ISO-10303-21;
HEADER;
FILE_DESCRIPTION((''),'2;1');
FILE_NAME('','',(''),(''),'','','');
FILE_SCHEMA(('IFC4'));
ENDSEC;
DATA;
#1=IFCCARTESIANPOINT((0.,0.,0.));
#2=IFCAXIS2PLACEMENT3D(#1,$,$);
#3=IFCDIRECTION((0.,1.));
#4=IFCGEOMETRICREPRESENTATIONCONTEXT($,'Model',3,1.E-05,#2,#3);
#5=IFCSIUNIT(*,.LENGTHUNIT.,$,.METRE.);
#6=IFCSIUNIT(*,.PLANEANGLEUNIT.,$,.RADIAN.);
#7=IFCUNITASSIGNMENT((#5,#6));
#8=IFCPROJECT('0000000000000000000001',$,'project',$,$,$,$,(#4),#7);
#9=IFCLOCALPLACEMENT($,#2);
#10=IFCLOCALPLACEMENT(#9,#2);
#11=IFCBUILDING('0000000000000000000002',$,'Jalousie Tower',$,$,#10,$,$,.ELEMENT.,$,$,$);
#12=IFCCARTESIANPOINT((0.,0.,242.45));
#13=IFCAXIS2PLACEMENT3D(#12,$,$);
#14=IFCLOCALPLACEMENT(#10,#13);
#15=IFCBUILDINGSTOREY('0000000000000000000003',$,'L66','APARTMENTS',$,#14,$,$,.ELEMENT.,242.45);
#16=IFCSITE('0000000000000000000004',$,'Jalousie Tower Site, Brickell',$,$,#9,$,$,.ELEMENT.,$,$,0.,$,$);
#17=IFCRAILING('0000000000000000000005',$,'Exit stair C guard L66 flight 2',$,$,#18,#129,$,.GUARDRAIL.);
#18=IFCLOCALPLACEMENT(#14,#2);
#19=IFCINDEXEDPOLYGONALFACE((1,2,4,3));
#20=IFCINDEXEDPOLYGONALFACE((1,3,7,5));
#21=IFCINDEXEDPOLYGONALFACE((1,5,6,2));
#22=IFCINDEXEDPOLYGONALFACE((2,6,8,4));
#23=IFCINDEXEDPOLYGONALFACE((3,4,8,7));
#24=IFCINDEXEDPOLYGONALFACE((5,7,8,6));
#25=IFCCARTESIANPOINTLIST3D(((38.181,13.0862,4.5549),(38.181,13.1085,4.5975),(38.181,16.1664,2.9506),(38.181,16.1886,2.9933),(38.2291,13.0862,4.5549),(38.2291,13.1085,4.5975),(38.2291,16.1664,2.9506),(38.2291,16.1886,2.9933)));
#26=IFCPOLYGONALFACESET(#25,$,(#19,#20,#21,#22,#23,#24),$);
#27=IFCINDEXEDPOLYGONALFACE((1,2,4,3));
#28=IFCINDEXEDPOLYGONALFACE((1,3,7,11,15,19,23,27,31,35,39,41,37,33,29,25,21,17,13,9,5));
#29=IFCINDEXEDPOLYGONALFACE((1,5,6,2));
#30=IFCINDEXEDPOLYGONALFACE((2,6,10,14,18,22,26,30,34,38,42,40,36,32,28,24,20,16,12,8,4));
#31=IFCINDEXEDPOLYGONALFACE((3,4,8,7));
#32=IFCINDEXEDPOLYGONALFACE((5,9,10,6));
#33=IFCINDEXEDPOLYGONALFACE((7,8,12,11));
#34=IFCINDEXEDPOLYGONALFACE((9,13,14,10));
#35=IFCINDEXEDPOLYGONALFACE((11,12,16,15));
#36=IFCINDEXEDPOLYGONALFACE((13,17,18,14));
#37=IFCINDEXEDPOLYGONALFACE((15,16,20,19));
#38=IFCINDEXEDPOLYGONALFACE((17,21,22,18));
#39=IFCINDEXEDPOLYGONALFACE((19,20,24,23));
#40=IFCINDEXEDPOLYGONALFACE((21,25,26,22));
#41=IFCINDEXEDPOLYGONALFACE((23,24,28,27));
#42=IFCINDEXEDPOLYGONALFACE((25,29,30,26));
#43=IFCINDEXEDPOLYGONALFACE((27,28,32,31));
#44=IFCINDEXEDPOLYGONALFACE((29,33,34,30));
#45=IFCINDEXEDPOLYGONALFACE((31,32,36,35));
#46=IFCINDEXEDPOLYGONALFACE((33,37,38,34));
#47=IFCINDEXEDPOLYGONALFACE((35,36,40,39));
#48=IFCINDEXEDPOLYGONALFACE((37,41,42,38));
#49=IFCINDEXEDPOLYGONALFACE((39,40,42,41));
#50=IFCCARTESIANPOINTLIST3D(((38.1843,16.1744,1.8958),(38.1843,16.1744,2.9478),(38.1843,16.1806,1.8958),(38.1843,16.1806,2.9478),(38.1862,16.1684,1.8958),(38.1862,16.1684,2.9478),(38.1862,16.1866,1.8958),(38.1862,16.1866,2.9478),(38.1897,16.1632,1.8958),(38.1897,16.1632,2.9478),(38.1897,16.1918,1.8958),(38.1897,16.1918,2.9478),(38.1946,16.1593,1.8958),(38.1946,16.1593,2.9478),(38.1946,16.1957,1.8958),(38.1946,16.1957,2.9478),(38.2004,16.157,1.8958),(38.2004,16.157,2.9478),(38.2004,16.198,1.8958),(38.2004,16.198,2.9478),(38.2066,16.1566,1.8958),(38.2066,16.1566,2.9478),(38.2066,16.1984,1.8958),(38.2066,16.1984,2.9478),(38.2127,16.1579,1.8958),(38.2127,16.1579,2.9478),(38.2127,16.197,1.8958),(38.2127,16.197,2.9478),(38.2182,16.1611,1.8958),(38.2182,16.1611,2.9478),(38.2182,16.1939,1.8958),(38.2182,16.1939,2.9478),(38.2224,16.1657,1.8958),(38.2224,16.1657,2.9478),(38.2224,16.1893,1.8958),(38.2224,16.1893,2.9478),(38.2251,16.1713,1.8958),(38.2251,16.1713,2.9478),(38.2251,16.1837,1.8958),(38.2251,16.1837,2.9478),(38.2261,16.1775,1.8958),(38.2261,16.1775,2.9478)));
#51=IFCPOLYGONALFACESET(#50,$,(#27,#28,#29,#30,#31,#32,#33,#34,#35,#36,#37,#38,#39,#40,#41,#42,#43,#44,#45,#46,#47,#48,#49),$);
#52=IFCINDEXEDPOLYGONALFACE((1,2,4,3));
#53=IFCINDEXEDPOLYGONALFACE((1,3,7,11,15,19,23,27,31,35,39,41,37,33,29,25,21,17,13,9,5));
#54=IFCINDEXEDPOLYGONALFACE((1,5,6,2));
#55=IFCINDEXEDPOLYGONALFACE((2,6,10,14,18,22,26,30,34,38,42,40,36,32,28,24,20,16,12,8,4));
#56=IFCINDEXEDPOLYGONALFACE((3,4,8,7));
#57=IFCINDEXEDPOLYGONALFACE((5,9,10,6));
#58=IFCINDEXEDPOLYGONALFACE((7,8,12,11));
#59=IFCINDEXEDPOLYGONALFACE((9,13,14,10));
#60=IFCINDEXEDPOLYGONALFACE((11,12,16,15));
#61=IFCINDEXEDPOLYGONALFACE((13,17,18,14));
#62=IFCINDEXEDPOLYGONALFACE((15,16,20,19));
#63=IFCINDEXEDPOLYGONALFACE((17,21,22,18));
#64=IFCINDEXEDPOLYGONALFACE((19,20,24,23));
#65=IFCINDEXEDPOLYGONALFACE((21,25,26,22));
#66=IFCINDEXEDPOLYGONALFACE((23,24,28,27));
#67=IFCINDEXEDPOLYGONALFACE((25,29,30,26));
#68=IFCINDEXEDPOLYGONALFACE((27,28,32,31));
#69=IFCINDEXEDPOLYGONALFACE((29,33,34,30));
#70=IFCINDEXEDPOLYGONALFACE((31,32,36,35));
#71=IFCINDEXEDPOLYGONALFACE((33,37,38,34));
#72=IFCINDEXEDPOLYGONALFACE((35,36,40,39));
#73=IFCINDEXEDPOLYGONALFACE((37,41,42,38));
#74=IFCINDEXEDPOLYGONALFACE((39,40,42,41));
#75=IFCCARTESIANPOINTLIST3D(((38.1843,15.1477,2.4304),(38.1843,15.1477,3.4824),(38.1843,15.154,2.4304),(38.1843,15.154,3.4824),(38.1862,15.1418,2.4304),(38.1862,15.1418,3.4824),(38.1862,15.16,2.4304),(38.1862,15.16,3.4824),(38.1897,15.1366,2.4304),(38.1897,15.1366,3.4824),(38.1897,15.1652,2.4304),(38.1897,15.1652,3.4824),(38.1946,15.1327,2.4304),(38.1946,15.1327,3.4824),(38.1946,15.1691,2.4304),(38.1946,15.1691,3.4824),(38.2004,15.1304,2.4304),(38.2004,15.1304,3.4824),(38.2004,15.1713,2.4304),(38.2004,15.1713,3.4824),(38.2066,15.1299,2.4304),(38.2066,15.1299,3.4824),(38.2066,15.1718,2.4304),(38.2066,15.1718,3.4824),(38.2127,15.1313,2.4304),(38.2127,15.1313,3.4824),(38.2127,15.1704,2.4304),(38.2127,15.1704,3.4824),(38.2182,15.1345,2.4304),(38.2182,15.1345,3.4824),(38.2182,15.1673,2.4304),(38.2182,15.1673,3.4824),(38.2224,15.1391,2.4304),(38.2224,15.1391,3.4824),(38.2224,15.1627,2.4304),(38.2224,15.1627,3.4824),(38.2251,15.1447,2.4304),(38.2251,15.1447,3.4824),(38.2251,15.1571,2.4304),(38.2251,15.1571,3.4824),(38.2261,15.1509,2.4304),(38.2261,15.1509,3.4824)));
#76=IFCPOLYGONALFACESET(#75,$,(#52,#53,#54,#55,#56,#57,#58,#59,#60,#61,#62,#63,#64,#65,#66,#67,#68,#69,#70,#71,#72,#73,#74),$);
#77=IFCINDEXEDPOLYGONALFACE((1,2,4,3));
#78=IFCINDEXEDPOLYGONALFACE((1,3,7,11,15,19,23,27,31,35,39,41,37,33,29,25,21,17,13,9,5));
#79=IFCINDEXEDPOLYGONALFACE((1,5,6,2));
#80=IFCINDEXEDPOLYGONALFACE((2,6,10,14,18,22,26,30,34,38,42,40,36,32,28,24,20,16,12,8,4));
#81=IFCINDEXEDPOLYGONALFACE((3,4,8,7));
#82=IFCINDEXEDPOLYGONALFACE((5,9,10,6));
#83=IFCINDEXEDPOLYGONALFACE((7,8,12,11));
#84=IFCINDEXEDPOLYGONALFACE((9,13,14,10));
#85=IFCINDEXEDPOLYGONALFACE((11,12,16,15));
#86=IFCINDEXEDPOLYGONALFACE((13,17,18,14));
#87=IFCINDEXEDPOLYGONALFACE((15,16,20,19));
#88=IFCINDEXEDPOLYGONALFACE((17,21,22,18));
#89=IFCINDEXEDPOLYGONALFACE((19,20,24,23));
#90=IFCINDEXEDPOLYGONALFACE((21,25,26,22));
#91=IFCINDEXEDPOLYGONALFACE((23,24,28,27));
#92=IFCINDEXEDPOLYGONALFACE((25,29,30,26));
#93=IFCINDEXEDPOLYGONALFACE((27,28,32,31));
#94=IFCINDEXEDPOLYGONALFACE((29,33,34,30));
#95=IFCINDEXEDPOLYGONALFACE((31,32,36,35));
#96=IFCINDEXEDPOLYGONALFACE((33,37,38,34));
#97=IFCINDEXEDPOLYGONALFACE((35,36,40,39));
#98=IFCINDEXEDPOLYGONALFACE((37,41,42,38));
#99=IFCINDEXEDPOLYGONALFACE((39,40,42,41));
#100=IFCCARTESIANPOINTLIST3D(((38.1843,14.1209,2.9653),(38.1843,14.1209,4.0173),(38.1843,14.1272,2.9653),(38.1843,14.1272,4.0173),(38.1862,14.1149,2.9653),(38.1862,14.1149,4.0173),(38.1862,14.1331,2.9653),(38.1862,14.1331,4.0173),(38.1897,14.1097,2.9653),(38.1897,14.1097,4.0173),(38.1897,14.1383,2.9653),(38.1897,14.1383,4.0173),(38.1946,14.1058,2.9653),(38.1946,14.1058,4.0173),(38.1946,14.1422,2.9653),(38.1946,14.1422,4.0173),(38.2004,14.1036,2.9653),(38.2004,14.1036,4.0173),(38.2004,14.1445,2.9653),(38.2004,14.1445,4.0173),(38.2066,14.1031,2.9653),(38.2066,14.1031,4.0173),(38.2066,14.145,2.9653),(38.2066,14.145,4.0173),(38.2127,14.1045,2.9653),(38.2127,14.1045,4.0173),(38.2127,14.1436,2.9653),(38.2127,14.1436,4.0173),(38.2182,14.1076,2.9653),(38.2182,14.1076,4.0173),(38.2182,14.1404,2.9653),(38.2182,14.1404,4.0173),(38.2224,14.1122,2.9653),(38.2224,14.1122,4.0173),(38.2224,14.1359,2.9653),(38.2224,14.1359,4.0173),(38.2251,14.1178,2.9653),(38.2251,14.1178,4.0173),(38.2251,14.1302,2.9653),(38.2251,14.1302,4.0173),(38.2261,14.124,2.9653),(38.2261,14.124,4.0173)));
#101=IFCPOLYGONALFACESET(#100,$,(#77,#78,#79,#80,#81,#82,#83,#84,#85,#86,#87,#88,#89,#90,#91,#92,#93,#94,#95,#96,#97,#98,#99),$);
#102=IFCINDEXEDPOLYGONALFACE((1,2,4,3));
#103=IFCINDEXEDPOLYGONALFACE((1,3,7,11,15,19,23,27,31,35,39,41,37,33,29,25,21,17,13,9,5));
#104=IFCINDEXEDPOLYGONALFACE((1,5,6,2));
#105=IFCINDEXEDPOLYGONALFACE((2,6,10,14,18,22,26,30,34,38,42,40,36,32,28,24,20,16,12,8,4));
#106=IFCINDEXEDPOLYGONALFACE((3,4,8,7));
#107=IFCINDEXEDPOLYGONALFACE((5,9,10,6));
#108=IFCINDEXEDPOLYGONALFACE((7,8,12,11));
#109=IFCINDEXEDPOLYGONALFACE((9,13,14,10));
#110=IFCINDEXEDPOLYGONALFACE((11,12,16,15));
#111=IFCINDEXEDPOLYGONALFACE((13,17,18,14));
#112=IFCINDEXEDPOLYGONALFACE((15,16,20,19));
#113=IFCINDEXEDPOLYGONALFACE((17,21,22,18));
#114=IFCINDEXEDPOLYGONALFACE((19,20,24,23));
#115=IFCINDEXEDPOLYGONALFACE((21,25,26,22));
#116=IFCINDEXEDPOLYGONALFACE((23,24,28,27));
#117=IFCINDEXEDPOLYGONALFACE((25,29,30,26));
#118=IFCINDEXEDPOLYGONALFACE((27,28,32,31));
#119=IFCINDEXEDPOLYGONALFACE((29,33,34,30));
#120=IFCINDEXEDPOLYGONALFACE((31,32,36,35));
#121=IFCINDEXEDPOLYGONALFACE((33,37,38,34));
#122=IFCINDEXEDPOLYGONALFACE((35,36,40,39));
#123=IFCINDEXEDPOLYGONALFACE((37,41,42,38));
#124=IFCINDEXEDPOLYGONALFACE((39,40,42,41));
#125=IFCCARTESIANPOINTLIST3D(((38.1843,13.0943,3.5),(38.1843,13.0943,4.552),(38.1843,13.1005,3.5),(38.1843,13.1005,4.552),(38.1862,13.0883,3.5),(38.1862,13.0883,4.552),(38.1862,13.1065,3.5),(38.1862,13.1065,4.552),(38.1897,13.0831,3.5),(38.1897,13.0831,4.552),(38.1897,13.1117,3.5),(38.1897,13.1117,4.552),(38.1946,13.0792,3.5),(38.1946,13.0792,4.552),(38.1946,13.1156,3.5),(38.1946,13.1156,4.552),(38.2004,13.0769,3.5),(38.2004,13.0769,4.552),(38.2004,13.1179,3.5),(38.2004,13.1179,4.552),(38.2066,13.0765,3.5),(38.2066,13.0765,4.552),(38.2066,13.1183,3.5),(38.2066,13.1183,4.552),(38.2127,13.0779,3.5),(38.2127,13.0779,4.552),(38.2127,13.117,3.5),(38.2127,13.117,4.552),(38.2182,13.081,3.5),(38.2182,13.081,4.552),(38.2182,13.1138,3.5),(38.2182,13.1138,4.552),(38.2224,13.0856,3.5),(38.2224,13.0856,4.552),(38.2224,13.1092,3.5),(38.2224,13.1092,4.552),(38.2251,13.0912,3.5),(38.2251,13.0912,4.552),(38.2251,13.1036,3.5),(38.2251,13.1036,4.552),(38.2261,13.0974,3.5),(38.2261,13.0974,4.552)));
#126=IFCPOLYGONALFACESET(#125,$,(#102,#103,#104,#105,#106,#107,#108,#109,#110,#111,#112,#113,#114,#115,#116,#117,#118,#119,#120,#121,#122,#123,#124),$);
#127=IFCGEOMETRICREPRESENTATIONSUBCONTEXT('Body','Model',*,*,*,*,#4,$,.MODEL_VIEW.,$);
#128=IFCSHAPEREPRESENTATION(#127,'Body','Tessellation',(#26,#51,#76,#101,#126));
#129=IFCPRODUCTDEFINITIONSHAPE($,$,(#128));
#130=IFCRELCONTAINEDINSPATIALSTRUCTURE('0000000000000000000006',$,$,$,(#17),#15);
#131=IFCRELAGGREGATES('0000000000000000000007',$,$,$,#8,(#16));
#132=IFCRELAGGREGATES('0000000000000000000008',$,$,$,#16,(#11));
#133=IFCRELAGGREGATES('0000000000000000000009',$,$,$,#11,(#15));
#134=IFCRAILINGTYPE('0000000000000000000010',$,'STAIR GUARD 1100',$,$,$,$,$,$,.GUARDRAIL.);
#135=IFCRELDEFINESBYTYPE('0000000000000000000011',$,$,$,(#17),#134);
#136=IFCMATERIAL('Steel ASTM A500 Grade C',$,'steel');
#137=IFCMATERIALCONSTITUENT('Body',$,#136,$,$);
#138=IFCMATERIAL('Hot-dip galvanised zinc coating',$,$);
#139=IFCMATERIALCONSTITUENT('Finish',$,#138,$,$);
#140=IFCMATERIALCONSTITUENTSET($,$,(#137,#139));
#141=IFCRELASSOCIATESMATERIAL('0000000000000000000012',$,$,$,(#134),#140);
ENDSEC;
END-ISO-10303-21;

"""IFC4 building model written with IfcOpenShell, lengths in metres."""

from ifc_helpers import new_model, si_unit, direction, frame, origin, origin_2d, place, context, subcontext, project, spatial, rectangle, circle, extrude, material, constituent, constituent_set, type_object, element, save


model = new_model("IFC4")

# Units and contexts
model_context = context("Model", 3, precision=1e-05, world=origin(), true_north=direction((0.0, 1.0)))
body_context = subcontext(model_context, "Body", "Model", "MODEL_VIEW")
ifc_project = project(units=[si_unit("LENGTHUNIT", "METRE"), si_unit("PLANEANGLEUNIT", "RADIAN")], contexts=[model_context])

# Site, building, storey
site_placement = place(None, origin())
site = spatial("IfcSite", under=ifc_project, at=site_placement, Name="Jalousie Tower Site, Brickell", CompositionType="ELEMENT", RefElevation=0.0)
building_placement = place(site_placement, origin())
building = spatial("IfcBuilding", under=site, at=building_placement, Name="Jalousie Tower", CompositionType="ELEMENT")
storey_placement = place(building_placement, frame((0.0, 0.0, 242.45)))
storey = spatial("IfcBuildingStorey", under=building, at=storey_placement, Name="L66", Description="APARTMENTS", CompositionType="ELEMENT", Elevation=242.45)

# Railing
ifc_material_1 = material(Name="Steel ASTM A500 Grade C", Category="steel")
ifc_constituent_1 = constituent(ifc_material_1, Name="Body")
ifc_material_2 = material(Name="Hot-dip galvanised zinc coating")
ifc_constituent_2 = constituent(ifc_material_2, Name="Finish")
ifc_constituent_set_1 = constituent_set(constituents=[ifc_constituent_1, ifc_constituent_2])
railing_type_1 = type_object("IfcRailingType", Name="STAIR GUARD 1100", PredefinedType="GUARDRAIL", material=ifc_constituent_set_1)
railing_1_placement = place(storey_placement, frame((38.2051, 16.1775, 1.8958)))
element("IfcRailing", 1, at=railing_1_placement, inside=storey, type_object=railing_type_1, Name="Exit stair C guard L66 flight 2", PredefinedType="GUARDRAIL", context=body_context, shape_type="SweptSolid", body=[
    extrude(rectangle(XDim=0.0481, YDim=0.0481, at=origin_2d()), frame((0.0, 0.0, 1.0762), z_axis=(0.0, -0.886909, 0.461944), x_axis=(1.0, 0.0, 0.0)), (0.0, 0.0, 1.0), 3.4729),
    extrude(circle(Radius=0.021, at=origin_2d()), origin(), (0.0, 0.0, 1.0), 1.052),
    extrude(circle(Radius=0.021, at=origin_2d()), frame((0.0, -1.0266, 0.5347)), (0.0, 0.0, 1.0), 1.052),
    extrude(circle(Radius=0.021, at=origin_2d()), frame((0.0, -2.0535, 1.0696)), (0.0, 0.0, 1.0), 1.052),
    extrude(circle(Radius=0.021, at=origin_2d()), frame((0.0, -3.0801, 1.6042)), (0.0, 0.0, 1.0), 1.052),
])

save(model, "model.ifc")
